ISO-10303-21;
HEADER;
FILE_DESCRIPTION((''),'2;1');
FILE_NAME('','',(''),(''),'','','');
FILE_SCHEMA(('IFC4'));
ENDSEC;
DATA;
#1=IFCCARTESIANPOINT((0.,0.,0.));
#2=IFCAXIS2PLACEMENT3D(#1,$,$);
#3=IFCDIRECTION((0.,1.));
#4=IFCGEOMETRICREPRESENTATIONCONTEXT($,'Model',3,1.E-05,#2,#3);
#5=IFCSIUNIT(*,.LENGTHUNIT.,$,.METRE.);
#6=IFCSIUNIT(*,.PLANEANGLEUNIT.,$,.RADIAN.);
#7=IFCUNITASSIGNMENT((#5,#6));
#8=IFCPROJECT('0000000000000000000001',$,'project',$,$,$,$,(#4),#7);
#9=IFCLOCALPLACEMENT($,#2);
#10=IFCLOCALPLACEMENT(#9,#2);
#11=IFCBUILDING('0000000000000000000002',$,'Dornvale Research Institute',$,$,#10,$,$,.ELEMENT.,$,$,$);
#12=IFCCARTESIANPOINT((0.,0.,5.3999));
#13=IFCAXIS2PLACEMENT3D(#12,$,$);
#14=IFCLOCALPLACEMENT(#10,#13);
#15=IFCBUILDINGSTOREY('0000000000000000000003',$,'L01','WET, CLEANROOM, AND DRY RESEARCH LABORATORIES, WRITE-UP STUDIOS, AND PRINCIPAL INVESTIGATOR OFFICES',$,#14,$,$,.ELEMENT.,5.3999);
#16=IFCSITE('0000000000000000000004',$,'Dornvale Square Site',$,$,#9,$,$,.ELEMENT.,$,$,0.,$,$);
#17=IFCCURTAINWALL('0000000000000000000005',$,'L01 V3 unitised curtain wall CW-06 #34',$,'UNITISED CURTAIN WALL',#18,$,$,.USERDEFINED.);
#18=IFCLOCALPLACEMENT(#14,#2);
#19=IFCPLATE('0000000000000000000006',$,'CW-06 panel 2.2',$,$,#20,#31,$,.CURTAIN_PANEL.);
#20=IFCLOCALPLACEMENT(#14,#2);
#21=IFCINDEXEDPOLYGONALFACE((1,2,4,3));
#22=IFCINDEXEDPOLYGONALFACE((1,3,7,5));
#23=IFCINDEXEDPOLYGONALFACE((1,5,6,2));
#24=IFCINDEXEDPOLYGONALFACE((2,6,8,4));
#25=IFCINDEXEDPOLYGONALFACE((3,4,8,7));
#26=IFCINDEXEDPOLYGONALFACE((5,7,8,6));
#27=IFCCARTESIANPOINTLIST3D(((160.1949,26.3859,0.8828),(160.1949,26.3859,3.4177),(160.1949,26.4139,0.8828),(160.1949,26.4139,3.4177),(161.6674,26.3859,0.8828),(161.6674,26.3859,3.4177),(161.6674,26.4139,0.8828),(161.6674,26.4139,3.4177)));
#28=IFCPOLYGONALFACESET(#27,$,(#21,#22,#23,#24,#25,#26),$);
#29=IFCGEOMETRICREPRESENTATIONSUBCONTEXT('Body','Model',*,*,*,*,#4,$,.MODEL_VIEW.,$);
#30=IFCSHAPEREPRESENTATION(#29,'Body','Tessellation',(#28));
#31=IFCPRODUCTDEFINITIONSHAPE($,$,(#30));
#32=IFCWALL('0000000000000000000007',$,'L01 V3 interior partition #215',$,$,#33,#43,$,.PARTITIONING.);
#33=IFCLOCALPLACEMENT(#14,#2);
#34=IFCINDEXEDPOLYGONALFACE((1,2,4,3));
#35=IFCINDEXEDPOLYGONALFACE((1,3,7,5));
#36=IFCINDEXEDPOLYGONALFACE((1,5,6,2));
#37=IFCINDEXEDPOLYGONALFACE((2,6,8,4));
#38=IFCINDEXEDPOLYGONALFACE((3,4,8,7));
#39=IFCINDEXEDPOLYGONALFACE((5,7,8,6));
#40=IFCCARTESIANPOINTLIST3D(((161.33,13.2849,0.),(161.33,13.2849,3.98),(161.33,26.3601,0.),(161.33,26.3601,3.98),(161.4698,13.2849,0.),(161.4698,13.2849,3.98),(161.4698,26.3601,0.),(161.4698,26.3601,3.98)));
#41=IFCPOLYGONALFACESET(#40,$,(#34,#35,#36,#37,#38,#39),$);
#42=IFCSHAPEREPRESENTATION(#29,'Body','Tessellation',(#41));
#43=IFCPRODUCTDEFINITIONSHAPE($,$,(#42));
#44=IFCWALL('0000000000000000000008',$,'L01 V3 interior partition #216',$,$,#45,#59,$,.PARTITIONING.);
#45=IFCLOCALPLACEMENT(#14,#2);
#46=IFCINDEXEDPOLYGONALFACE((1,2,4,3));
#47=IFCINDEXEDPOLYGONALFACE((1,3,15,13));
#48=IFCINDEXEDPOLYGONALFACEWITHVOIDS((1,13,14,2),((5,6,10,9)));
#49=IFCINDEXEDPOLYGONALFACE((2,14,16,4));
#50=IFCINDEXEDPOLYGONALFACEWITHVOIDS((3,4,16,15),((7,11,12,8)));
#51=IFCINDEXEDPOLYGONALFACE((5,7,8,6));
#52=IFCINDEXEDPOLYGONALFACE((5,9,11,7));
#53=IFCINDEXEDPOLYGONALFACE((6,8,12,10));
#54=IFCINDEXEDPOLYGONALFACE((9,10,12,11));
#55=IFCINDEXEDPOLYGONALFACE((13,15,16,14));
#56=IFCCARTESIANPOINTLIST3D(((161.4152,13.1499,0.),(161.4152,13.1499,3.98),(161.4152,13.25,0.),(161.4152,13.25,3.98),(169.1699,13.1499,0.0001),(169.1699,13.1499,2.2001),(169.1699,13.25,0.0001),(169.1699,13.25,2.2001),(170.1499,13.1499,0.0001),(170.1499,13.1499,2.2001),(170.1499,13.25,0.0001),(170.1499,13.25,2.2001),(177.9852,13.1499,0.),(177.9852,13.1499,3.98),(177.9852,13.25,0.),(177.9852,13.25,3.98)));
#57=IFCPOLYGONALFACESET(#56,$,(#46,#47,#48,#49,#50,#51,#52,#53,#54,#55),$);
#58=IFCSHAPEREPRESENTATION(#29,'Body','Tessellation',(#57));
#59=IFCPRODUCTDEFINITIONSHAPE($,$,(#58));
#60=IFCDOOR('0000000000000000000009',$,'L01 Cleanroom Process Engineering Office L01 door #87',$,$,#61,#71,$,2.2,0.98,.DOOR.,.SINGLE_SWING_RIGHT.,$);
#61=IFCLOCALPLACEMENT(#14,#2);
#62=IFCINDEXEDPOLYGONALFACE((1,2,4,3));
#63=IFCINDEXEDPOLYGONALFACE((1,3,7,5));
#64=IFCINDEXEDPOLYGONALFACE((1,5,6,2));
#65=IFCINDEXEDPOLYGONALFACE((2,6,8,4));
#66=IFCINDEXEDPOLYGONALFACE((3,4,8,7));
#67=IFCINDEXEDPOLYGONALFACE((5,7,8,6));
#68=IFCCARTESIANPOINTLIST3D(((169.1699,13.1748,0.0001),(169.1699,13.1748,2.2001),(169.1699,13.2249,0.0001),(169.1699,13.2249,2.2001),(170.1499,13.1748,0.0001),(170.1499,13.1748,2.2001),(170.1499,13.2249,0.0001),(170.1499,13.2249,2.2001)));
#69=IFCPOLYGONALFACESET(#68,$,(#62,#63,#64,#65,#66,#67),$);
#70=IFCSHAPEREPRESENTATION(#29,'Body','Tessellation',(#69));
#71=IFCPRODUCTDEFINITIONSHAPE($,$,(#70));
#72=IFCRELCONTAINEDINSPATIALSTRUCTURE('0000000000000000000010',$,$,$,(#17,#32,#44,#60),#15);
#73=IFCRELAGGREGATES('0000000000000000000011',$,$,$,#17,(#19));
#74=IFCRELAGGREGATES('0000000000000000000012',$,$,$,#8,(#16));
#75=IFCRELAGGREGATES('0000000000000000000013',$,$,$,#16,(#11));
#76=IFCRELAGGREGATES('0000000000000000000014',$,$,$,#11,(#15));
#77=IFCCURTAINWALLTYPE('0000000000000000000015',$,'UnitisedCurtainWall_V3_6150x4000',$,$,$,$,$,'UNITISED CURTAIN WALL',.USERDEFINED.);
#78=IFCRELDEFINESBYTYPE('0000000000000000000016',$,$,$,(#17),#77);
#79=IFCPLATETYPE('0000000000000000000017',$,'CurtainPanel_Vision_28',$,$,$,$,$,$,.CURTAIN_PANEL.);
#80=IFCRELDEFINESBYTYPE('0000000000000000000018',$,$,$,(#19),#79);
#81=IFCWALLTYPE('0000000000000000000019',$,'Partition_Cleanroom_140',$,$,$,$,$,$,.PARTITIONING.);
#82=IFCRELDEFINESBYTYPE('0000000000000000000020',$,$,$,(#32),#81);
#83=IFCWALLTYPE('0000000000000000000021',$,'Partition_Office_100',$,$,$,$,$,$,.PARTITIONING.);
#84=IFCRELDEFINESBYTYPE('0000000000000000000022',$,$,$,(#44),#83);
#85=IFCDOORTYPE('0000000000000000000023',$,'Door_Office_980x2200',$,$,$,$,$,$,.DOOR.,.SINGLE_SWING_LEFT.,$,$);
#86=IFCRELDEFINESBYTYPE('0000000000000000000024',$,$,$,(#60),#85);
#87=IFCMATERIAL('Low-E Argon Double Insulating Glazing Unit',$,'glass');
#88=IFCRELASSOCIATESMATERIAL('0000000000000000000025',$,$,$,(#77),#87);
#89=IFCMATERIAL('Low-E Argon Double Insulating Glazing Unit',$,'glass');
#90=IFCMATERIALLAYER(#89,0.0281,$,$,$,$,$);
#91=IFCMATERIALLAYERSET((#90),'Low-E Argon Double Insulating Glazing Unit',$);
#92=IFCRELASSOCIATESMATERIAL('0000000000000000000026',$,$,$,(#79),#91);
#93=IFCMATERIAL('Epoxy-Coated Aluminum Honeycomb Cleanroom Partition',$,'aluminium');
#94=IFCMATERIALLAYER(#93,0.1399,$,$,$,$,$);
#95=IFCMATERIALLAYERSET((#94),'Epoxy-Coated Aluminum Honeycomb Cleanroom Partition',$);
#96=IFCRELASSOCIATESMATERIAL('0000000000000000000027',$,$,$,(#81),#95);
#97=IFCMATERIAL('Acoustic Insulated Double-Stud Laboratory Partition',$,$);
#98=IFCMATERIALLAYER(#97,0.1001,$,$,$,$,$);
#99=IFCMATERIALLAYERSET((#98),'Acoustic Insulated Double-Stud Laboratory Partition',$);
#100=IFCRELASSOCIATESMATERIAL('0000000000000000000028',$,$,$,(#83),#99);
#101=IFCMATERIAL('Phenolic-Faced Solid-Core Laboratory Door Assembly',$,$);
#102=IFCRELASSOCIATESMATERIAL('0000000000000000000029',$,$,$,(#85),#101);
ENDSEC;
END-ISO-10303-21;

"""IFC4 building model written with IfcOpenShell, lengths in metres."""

from ifc_helpers import new_model, si_unit, direction, frame, frame_2d, origin, origin_2d, place, context, subcontext, project, spatial, rectangle, extrude, material, layer, layer_set, type_object, element, fill, aggregate, save


model = new_model("IFC4")

# Units and contexts
model_context = context("Model", 3, precision=1e-05, world=origin(), true_north=direction((0.0, 1.0)))
body_context = subcontext(model_context, "Body", "Model", "MODEL_VIEW")
ifc_project = project(units=[si_unit("LENGTHUNIT", "METRE"), si_unit("PLANEANGLEUNIT", "RADIAN")], contexts=[model_context])

# Site, building, storey
site_placement = place(None, origin())
site = spatial("IfcSite", under=ifc_project, at=site_placement, Name="Dornvale Square Site", CompositionType="ELEMENT", RefElevation=0.0)
building_placement = place(site_placement, origin())
building = spatial("IfcBuilding", under=site, at=building_placement, Name="Dornvale Research Institute", CompositionType="ELEMENT")
storey_placement = place(building_placement, frame((0.0, 0.0, 5.3999)))
storey = spatial("IfcBuildingStorey", under=building, at=storey_placement, Name="L01", Description="WET, CLEANROOM, AND DRY RESEARCH LABORATORIES, WRITE-UP STUDIOS, AND PRINCIPAL INVESTIGATOR OFFICES", CompositionType="ELEMENT", Elevation=5.3999)

# Curtain wall, plate
ifc_material_1 = material(Name="Low-E Argon Double Insulating Glazing Unit", Category="glass")
curtain_wall_type = type_object("IfcCurtainWallType", Name="UnitisedCurtainWall_V3_6150x4000", ElementType="UNITISED CURTAIN WALL", PredefinedType="USERDEFINED", material=ifc_material_1)
curtain_wall_placement = place(storey_placement, origin())
curtain_wall = element("IfcCurtainWall", 1, at=curtain_wall_placement, inside=storey, type_object=curtain_wall_type, Name="L01 V3 unitised curtain wall CW-06 #34", ObjectType="UNITISED CURTAIN WALL", PredefinedType="USERDEFINED")
ifc_material_2 = material(Name="Low-E Argon Double Insulating Glazing Unit", Category="glass")
ifc_layer_1 = layer(ifc_material_2, 0.0281)
ifc_layer_set_1 = layer_set([ifc_layer_1], Name="Low-E Argon Double Insulating Glazing Unit")
plate_type_1 = type_object("IfcPlateType", Name="CurtainPanel_Vision_28", PredefinedType="CURTAIN_PANEL", material=ifc_layer_set_1)
plate_1_placement = place(storey_placement, frame((160.9312, 26.3999, 0.8828), z_axis=(0.0, 0.0, 1.0), x_axis=(1.0, 0.0, 0.0)))
plate_1 = element("IfcPlate", 2, at=plate_1_placement, type_object=plate_type_1, Name="CW-06 panel 2.2", PredefinedType="CURTAIN_PANEL", context=body_context, shape_type="SweptSolid", body=[
    extrude(rectangle(XDim=1.4724, YDim=0.0281, at=origin_2d()), origin(), (0.0, 0.0, 1.0), 2.5349),
])
aggregate(curtain_wall, [plate_1])

# Wall
ifc_material_3 = material(Name="Epoxy-Coated Aluminum Honeycomb Cleanroom Partition", Category="aluminium")
ifc_layer_2 = layer(ifc_material_3, 0.1399)
ifc_layer_set_2 = layer_set([ifc_layer_2], Name="Epoxy-Coated Aluminum Honeycomb Cleanroom Partition")
wall_type_1 = type_object("IfcWallType", Name="Partition_Cleanroom_140", PredefinedType="PARTITIONING", material=ifc_layer_set_2)
wall_1_placement = place(storey_placement, frame((161.3999, 13.2849, 0.0), z_axis=(0.0, 0.0, 1.0), x_axis=(0.0, 1.0, 0.0)))
element("IfcWall", 3, at=wall_1_placement, inside=storey, type_object=wall_type_1, Name="L01 V3 interior partition #215", PredefinedType="PARTITIONING", context=body_context, shape_type="SweptSolid", body=[
    extrude(rectangle(XDim=13.0752, YDim=0.1399, at=frame_2d((6.5376, 0.0))), origin(), (0.0, 0.0, 1.0), 3.98),
])

# Wall, opening, door
ifc_material_4 = material(Name="Acoustic Insulated Double-Stud Laboratory Partition")
ifc_layer_3 = layer(ifc_material_4, 0.1001)
ifc_layer_set_3 = layer_set([ifc_layer_3], Name="Acoustic Insulated Double-Stud Laboratory Partition")
wall_type_2 = type_object("IfcWallType", Name="Partition_Office_100", PredefinedType="PARTITIONING", material=ifc_layer_set_3)
wall_2_placement = place(storey_placement, frame((161.415, 13.2, 0.0), z_axis=(0.0, 0.0, 1.0), x_axis=(1.0, 0.0, 0.0)))
wall_2 = element("IfcWall", 4, at=wall_2_placement, inside=storey, type_object=wall_type_2, Name="L01 V3 interior partition #216", PredefinedType="PARTITIONING", context=body_context, shape_type="SweptSolid", body=[
    extrude(rectangle(XDim=16.5701, YDim=0.1001, at=frame_2d((8.2852, 0.0))), origin(), (0.0, 0.0, 1.0), 3.98),
])
opening_placement = place(wall_2_placement, frame((7.7549, 0.0, 0.0)))
opening = element("IfcOpeningElement", 5, at=opening_placement, cuts=wall_2, PredefinedType="OPENING", context=body_context, shape_type="SweptSolid", body=[
    extrude(rectangle(XDim=0.98, YDim=2.2, at=frame_2d((0.49, 1.1001))), frame((0.0, 0.0649, 0.0), z_axis=(0.0, -1.0, 0.0), x_axis=(1.0, 0.0, 0.0)), (0.0, 0.0, 1.0), 0.1301),
])
ifc_material_5 = material(Name="Phenolic-Faced Solid-Core Laboratory Door Assembly")
door_type = type_object("IfcDoorType", Name="Door_Office_980x2200", OperationType="SINGLE_SWING_LEFT", PredefinedType="DOOR", material=ifc_material_5)
door_placement = place(opening_placement, origin())
door = element("IfcDoor", 6, at=door_placement, inside=storey, type_object=door_type, Name="L01 Cleanroom Process Engineering Office L01 door #87", OperationType="SINGLE_SWING_RIGHT", OverallHeight=2.2, OverallWidth=0.98, PredefinedType="DOOR", context=body_context, shape_type="SweptSolid", body=[
    extrude(rectangle(XDim=0.98, YDim=2.2, at=frame_2d((0.49, 1.1001))), frame((0.0, 0.0249, 0.0), z_axis=(0.0, -1.0, 0.0), x_axis=(1.0, 0.0, 0.0)), (0.0, 0.0, 1.0), 0.05),
])
fill(opening, door)

save(model, "model.ifc")
